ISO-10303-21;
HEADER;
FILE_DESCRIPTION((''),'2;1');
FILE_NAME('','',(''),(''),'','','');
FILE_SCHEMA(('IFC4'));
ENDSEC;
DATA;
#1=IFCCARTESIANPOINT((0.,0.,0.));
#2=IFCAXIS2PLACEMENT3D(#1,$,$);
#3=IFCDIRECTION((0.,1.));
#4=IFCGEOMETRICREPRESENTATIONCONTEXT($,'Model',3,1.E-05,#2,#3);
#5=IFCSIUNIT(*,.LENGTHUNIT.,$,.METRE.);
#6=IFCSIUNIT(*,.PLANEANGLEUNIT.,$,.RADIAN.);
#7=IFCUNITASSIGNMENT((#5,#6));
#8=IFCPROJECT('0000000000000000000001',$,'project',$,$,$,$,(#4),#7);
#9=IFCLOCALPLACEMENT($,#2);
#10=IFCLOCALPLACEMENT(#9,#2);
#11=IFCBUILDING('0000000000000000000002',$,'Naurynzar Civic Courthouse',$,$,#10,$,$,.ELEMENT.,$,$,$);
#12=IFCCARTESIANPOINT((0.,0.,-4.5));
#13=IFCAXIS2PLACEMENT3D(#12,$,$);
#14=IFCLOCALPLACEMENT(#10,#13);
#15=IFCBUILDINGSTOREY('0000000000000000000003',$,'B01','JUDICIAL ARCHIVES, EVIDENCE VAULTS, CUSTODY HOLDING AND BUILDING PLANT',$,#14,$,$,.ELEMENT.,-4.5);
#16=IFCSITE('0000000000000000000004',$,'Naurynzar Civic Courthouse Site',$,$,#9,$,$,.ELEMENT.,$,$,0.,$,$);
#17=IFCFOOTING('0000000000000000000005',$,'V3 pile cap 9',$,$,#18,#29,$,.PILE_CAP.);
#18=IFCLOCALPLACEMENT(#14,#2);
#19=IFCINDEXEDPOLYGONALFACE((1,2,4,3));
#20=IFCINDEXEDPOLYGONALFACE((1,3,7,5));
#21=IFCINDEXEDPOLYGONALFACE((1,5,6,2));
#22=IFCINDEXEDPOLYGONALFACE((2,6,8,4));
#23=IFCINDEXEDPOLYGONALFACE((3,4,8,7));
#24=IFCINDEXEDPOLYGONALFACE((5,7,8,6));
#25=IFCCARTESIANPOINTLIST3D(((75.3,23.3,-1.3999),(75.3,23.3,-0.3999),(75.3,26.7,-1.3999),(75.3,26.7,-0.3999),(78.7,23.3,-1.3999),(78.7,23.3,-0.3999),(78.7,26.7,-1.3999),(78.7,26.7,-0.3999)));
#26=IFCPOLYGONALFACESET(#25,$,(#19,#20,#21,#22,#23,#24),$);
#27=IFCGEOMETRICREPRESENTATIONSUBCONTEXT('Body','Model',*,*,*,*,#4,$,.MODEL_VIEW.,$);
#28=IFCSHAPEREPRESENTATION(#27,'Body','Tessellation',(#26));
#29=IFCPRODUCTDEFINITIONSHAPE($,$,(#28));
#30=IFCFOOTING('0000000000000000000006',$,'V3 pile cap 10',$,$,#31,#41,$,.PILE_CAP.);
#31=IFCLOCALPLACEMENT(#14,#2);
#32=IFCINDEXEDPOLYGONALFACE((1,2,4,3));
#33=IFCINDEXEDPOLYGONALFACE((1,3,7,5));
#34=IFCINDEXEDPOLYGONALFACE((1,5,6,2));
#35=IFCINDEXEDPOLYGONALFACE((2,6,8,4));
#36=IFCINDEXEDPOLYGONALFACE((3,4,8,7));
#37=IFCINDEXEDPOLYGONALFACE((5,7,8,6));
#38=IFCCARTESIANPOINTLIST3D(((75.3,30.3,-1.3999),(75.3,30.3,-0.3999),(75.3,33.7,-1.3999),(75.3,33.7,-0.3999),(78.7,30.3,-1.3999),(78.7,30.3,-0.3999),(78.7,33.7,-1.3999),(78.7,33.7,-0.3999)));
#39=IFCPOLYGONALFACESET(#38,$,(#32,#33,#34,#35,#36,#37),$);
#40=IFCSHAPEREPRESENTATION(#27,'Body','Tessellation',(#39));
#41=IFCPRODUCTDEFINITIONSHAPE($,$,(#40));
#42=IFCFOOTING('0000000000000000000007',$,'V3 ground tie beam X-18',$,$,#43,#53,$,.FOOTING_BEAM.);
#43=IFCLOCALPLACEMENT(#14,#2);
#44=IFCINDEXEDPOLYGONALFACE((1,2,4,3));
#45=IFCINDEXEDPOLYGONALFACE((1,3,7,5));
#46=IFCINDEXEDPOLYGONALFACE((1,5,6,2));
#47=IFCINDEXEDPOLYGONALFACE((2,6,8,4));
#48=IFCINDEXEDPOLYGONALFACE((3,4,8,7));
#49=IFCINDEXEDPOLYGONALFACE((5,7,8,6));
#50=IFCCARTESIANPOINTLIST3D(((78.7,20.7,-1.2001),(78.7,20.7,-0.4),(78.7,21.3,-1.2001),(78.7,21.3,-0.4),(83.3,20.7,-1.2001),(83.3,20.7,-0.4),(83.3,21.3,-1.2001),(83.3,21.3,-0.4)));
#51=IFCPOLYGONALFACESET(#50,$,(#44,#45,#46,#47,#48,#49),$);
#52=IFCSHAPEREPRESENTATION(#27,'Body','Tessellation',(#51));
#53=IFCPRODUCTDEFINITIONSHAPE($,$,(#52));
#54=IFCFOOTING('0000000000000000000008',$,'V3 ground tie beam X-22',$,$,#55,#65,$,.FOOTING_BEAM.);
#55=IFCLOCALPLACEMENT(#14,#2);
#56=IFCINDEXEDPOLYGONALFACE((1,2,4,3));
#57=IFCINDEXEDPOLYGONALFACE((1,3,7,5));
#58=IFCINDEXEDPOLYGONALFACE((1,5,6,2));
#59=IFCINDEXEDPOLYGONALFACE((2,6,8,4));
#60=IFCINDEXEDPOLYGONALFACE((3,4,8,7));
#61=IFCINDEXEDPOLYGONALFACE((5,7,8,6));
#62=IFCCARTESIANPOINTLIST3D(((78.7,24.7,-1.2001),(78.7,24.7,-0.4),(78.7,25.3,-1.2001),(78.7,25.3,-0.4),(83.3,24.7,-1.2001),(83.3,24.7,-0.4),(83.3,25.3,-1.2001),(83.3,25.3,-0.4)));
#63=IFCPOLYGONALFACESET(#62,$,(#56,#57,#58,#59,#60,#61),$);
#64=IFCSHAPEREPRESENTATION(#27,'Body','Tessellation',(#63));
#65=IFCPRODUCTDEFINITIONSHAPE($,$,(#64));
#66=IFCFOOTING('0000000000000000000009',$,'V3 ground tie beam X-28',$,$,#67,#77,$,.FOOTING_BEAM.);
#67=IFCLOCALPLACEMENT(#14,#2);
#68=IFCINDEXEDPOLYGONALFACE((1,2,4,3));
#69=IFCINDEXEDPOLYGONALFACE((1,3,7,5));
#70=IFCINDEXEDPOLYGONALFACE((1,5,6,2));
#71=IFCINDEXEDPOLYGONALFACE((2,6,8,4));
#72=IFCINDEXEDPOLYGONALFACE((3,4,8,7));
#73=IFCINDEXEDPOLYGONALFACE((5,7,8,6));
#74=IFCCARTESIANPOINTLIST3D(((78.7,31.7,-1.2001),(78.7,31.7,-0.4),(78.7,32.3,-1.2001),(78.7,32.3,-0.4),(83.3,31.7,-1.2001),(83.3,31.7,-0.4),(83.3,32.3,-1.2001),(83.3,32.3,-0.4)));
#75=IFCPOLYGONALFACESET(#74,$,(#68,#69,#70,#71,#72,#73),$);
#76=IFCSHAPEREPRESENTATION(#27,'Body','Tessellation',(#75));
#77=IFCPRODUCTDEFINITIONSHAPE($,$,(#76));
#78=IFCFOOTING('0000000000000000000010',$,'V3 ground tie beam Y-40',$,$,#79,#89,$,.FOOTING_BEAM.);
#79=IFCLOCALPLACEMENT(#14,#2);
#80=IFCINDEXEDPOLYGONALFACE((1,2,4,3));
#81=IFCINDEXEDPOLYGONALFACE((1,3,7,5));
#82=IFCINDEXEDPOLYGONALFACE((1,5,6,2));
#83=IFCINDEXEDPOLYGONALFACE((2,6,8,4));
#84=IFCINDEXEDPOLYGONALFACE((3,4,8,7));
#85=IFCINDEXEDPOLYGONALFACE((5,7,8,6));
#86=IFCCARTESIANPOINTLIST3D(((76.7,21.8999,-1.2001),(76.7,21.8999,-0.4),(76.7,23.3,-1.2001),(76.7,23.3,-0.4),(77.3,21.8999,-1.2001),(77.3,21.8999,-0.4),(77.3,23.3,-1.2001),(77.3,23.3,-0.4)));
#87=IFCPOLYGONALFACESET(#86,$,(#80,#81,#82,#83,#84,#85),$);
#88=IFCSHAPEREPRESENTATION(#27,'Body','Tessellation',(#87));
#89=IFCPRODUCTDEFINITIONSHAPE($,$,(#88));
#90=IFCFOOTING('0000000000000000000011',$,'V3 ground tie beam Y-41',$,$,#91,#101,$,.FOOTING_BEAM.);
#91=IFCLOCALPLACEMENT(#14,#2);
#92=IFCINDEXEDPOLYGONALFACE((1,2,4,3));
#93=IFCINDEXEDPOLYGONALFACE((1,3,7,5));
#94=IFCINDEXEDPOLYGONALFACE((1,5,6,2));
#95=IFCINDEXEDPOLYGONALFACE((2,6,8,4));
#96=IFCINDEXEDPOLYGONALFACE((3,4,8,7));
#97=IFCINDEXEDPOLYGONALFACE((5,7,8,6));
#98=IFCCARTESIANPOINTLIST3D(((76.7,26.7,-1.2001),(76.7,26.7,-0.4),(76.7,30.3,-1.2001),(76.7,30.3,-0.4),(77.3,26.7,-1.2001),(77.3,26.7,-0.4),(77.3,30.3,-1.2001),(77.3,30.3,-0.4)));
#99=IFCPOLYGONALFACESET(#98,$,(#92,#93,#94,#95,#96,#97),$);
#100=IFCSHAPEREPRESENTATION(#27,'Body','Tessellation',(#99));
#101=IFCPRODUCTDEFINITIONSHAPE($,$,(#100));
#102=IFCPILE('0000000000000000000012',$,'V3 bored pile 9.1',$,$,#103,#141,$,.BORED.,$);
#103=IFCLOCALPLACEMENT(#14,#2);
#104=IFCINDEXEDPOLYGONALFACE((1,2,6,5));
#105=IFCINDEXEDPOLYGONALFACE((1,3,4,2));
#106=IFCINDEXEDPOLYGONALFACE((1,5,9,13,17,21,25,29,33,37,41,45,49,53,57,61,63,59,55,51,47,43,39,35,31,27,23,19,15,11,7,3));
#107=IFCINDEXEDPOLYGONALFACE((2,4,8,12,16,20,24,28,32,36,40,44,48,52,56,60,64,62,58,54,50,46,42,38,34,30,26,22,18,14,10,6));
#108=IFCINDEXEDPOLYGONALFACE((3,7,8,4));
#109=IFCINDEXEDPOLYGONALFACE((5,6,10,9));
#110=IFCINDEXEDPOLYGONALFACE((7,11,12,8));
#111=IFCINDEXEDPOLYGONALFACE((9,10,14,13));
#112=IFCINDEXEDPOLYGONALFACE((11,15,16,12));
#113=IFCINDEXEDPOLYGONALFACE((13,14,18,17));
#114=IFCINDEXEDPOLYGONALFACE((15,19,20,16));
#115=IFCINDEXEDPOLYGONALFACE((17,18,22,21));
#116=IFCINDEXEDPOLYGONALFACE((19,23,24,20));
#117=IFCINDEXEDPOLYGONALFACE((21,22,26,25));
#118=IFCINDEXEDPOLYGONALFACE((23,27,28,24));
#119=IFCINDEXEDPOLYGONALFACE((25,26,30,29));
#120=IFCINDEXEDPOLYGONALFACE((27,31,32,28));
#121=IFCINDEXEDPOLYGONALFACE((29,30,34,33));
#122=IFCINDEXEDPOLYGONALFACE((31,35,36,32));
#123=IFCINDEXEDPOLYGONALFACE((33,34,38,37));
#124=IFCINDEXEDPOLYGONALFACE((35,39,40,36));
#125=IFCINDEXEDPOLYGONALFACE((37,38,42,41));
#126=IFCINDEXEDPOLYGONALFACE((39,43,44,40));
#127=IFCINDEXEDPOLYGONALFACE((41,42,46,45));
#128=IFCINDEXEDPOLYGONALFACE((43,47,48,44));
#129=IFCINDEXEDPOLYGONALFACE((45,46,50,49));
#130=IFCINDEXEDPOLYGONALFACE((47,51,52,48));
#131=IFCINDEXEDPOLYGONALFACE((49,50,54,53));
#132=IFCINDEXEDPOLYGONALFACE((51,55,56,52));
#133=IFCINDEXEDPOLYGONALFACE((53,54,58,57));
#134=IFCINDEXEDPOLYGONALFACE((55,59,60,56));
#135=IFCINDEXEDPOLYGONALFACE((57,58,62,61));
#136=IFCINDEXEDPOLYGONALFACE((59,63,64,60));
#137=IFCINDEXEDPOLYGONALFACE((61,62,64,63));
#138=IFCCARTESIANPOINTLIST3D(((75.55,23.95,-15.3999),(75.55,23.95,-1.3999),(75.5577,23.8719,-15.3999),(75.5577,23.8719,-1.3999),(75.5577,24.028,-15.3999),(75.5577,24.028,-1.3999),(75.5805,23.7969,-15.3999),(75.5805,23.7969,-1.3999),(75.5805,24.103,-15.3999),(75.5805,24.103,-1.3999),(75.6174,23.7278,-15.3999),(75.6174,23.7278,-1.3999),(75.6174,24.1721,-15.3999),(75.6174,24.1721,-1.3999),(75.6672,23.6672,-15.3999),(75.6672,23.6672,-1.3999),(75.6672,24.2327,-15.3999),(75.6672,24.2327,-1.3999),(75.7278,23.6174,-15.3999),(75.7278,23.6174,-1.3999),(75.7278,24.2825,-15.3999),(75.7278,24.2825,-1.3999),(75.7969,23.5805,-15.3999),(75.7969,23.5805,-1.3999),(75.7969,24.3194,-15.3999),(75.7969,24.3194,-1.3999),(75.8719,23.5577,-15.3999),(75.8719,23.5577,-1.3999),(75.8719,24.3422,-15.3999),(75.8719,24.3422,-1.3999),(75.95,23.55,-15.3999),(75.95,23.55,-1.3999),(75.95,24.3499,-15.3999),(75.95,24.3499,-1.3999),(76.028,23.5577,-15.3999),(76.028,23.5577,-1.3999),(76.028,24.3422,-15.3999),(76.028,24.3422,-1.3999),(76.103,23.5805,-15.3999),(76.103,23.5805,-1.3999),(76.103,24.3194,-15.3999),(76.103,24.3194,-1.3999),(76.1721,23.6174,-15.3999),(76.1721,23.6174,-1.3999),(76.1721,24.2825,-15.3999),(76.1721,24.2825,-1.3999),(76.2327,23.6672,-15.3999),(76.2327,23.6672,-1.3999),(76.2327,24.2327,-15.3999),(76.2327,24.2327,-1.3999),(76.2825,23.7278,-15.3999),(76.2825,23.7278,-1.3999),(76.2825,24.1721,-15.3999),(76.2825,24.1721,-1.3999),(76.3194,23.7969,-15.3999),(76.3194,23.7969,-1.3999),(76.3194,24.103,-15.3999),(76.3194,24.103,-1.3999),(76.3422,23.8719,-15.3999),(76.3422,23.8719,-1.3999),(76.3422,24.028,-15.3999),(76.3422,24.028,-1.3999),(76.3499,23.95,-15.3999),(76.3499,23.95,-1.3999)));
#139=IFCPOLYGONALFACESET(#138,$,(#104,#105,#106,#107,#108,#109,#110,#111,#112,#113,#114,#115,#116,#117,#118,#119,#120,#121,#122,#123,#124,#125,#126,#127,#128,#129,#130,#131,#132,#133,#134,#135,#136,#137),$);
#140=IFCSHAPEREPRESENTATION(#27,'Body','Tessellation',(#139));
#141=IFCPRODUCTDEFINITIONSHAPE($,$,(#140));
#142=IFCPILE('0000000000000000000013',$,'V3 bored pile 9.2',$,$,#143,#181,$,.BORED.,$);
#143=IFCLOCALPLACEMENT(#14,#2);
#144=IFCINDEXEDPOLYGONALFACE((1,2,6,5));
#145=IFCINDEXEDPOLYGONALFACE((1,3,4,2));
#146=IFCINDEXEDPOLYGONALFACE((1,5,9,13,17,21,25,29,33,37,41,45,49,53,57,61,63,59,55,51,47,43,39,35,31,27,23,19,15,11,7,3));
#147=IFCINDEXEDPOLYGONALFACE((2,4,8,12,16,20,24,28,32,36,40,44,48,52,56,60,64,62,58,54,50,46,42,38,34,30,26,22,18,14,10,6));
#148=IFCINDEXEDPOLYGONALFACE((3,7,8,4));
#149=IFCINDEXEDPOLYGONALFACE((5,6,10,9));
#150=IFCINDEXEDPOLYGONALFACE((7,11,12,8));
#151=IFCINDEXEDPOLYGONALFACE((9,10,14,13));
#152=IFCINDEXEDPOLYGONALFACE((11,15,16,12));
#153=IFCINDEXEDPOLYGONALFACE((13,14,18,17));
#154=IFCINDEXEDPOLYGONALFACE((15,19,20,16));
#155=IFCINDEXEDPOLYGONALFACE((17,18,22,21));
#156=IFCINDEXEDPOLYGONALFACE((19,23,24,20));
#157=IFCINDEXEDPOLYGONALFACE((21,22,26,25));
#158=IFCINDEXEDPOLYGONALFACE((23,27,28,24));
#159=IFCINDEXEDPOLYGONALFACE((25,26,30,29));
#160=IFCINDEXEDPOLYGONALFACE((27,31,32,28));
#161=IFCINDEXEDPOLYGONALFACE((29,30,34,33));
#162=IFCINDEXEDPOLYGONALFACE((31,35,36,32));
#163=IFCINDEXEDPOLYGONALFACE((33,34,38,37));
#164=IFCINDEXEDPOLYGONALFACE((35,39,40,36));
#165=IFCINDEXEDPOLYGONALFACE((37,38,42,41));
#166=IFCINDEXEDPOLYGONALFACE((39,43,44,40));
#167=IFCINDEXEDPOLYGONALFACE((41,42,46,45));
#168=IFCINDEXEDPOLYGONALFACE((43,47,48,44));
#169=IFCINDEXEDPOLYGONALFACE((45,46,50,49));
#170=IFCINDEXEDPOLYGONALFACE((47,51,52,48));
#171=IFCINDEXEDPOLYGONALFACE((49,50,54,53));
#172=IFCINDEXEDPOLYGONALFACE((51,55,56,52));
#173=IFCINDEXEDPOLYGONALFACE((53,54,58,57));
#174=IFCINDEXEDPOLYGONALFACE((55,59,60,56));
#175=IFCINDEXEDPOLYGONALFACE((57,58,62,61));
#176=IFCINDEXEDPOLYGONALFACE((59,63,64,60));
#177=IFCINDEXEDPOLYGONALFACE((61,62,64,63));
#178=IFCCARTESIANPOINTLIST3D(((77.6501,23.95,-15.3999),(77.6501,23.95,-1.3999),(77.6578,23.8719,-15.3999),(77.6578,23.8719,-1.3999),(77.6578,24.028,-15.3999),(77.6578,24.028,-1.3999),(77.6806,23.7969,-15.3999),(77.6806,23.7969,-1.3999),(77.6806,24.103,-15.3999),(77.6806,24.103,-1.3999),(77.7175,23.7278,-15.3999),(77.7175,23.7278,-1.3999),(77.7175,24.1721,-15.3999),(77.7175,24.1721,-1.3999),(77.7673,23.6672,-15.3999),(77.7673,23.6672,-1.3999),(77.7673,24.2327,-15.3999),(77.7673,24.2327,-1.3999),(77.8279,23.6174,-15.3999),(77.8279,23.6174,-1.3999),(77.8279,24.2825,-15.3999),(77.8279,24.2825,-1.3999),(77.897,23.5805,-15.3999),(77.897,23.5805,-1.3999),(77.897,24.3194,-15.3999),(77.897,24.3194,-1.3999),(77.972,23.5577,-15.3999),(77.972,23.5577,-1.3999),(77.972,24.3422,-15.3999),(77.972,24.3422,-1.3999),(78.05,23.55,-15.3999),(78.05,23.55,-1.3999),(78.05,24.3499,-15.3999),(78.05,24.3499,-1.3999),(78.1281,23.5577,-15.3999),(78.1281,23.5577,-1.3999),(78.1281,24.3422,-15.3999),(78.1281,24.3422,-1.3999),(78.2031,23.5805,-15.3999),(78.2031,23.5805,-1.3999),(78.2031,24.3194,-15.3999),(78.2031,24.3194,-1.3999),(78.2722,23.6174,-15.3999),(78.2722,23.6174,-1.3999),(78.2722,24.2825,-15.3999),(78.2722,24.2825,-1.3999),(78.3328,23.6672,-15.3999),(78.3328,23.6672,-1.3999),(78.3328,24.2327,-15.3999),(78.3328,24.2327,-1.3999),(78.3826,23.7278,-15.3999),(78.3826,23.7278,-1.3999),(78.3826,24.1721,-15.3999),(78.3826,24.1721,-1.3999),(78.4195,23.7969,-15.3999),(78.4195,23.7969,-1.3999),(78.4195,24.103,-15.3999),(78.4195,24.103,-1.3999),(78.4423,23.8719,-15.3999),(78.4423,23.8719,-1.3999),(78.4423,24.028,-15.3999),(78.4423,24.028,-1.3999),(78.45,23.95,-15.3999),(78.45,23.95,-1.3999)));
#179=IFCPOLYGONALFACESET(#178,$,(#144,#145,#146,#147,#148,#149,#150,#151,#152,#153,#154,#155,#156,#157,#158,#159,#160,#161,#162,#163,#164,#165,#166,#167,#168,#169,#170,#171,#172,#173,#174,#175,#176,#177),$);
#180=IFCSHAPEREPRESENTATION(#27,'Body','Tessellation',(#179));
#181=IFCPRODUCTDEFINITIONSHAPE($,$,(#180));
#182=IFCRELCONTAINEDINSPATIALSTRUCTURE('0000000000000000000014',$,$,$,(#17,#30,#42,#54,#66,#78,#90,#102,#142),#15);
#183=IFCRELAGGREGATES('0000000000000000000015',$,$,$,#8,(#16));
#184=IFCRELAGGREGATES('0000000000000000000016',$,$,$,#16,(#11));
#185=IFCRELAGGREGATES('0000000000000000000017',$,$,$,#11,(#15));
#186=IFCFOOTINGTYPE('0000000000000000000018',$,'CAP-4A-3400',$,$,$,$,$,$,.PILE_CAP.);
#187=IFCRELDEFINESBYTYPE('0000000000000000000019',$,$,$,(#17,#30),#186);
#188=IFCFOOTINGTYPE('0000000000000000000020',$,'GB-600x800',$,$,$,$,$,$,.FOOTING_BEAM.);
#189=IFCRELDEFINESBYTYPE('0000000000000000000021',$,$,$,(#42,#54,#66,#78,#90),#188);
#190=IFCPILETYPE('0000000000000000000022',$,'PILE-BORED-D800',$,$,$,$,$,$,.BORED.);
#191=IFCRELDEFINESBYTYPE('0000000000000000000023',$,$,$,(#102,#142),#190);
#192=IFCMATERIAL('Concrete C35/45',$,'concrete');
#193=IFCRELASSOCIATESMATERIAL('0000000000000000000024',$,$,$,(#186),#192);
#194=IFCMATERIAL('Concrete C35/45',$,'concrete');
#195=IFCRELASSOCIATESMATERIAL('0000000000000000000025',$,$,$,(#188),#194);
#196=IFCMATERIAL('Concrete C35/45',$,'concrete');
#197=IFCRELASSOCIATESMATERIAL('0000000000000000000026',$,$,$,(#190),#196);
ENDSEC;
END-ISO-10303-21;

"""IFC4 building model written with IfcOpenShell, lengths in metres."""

from ifc_helpers import new_model, si_unit, direction, frame, origin, origin_2d, place, context, subcontext, project, spatial, rectangle, circle, extrude, material, material_profile, profile_set, type_object, element, save


model = new_model("IFC4")

# Units and contexts
model_context = context("Model", 3, precision=1e-05, world=origin(), true_north=direction((0.0, 1.0)))
body_context = subcontext(model_context, "Body", "Model", "MODEL_VIEW")
ifc_project = project(units=[si_unit("LENGTHUNIT", "METRE"), si_unit("PLANEANGLEUNIT", "RADIAN")], contexts=[model_context])

# Site, building, storey
site_placement = place(None, origin())
site = spatial("IfcSite", under=ifc_project, at=site_placement, Name="Naurynzar Civic Courthouse Site", CompositionType="ELEMENT", RefElevation=0.0)
building_placement = place(site_placement, origin())
building = spatial("IfcBuilding", under=site, at=building_placement, Name="Naurynzar Civic Courthouse", CompositionType="ELEMENT")
storey_placement = place(building_placement, frame((0.0, 0.0, -4.5)))
storey = spatial("IfcBuildingStorey", under=building, at=storey_placement, Name="B01", Description="JUDICIAL ARCHIVES, EVIDENCE VAULTS, CUSTODY HOLDING AND BUILDING PLANT", CompositionType="ELEMENT", Elevation=-4.5)

# Footings
ifc_material_1 = material(Name="Concrete C35/45", Category="concrete")
footing_type_1 = type_object("IfcFootingType", Name="CAP-4A-3400", PredefinedType="PILE_CAP", material=ifc_material_1)
for number, where, z_axis, x_axis, name in (
    (1, (77.0, 25.0, -1.3999), (0.0, 0.0, 1.0), (1.0, 0.0, 0.0), "V3 pile cap 9"),
    (2, (77.0, 32.0, -1.3999), (0.0, 0.0, 1.0), (1.0, 0.0, 0.0), "V3 pile cap 10"),
):
    element("IfcFooting", number, at=place(storey_placement, frame(where, z_axis=z_axis, x_axis=x_axis)), inside=storey, type_object=footing_type_1, Name=name, PredefinedType="PILE_CAP", context=body_context, shape_type="SweptSolid", body=[
        extrude(rectangle(XDim=3.3999, YDim=3.3999, at=origin_2d()), origin(), (0.0, 0.0, 1.0), 1.0),
    ])
ifc_material_2 = material(Name="Concrete C35/45", Category="concrete")
ifc_material_profile_1 = material_profile(ifc_material_2, rectangle(XDim=0.6001, YDim=0.8, at=origin_2d()), Name="GB 600x800")
ifc_profile_set_1 = profile_set([ifc_material_profile_1], Name="Concrete C35/45")
footing_type_2 = type_object("IfcFootingType", Name="GB-600x800", PredefinedType="FOOTING_BEAM", material=ifc_profile_set_1)
for number, where, z_axis, x_axis, name in (
    (3, (78.7, 21.0, -0.8), (1.0, 0.0, 0.0), (0.0, 1.0, 0.0), "V3 ground tie beam X-18"),
    (4, (78.7, 25.0, -0.8), (1.0, 0.0, 0.0), (0.0, 1.0, 0.0), "V3 ground tie beam X-22"),
    (5, (78.7, 32.0, -0.8), (1.0, 0.0, 0.0), (0.0, 1.0, 0.0), "V3 ground tie beam X-28"),
):
    element("IfcFooting", number, at=place(storey_placement, frame(where, z_axis=z_axis, x_axis=x_axis)), inside=storey, type_object=footing_type_2, Name=name, PredefinedType="FOOTING_BEAM", context=body_context, shape_type="SweptSolid", body=[
        extrude(rectangle(XDim=0.6001, YDim=0.8, at=origin_2d()), origin(), (0.0, 0.0, 1.0), 4.6001),
    ])
footing_1_placement = place(storey_placement, frame((77.0, 21.8999, -0.8), z_axis=(0.0, 1.0, 0.0), x_axis=(-1.0, 0.0, 0.0)))
element("IfcFooting", 6, at=footing_1_placement, inside=storey, type_object=footing_type_2, Name="V3 ground tie beam Y-40", PredefinedType="FOOTING_BEAM", context=body_context, shape_type="SweptSolid", body=[
    extrude(rectangle(XDim=0.6001, YDim=0.8, at=origin_2d()), origin(), (0.0, 0.0, 1.0), 1.4001),
])
footing_2_placement = place(storey_placement, frame((77.0, 26.7, -0.8), z_axis=(0.0, 1.0, 0.0), x_axis=(-1.0, 0.0, 0.0)))
element("IfcFooting", 7, at=footing_2_placement, inside=storey, type_object=footing_type_2, Name="V3 ground tie beam Y-41", PredefinedType="FOOTING_BEAM", context=body_context, shape_type="SweptSolid", body=[
    extrude(rectangle(XDim=0.6001, YDim=0.8, at=origin_2d()), origin(), (0.0, 0.0, 1.0), 3.6001),
])

# Piles
ifc_material_3 = material(Name="Concrete C35/45", Category="concrete")
ifc_material_profile_2 = material_profile(ifc_material_3, circle(Radius=0.3999, at=origin_2d()), Name="PILE D800")
ifc_profile_set_2 = profile_set([ifc_material_profile_2], Name="Concrete C35/45")
pile_type = type_object("IfcPileType", Name="PILE-BORED-D800", PredefinedType="BORED", material=ifc_profile_set_2)
for number, where, z_axis, x_axis, name in (
    (8, (75.95, 23.95, -1.3999), (0.0, 0.0, -1.0), (1.0, 0.0, 0.0), "V3 bored pile 9.1"),
    (9, (78.05, 23.95, -1.3999), (0.0, 0.0, -1.0), (1.0, 0.0, 0.0), "V3 bored pile 9.2"),
):
    element("IfcPile", number, at=place(storey_placement, frame(where, z_axis=z_axis, x_axis=x_axis)), inside=storey, type_object=pile_type, Name=name, PredefinedType="BORED", context=body_context, shape_type="SweptSolid", body=[
        extrude(circle(Radius=0.3999, at=origin_2d()), origin(), (0.0, 0.0, 1.0), 14.0),
    ])

save(model, "model.ifc")
